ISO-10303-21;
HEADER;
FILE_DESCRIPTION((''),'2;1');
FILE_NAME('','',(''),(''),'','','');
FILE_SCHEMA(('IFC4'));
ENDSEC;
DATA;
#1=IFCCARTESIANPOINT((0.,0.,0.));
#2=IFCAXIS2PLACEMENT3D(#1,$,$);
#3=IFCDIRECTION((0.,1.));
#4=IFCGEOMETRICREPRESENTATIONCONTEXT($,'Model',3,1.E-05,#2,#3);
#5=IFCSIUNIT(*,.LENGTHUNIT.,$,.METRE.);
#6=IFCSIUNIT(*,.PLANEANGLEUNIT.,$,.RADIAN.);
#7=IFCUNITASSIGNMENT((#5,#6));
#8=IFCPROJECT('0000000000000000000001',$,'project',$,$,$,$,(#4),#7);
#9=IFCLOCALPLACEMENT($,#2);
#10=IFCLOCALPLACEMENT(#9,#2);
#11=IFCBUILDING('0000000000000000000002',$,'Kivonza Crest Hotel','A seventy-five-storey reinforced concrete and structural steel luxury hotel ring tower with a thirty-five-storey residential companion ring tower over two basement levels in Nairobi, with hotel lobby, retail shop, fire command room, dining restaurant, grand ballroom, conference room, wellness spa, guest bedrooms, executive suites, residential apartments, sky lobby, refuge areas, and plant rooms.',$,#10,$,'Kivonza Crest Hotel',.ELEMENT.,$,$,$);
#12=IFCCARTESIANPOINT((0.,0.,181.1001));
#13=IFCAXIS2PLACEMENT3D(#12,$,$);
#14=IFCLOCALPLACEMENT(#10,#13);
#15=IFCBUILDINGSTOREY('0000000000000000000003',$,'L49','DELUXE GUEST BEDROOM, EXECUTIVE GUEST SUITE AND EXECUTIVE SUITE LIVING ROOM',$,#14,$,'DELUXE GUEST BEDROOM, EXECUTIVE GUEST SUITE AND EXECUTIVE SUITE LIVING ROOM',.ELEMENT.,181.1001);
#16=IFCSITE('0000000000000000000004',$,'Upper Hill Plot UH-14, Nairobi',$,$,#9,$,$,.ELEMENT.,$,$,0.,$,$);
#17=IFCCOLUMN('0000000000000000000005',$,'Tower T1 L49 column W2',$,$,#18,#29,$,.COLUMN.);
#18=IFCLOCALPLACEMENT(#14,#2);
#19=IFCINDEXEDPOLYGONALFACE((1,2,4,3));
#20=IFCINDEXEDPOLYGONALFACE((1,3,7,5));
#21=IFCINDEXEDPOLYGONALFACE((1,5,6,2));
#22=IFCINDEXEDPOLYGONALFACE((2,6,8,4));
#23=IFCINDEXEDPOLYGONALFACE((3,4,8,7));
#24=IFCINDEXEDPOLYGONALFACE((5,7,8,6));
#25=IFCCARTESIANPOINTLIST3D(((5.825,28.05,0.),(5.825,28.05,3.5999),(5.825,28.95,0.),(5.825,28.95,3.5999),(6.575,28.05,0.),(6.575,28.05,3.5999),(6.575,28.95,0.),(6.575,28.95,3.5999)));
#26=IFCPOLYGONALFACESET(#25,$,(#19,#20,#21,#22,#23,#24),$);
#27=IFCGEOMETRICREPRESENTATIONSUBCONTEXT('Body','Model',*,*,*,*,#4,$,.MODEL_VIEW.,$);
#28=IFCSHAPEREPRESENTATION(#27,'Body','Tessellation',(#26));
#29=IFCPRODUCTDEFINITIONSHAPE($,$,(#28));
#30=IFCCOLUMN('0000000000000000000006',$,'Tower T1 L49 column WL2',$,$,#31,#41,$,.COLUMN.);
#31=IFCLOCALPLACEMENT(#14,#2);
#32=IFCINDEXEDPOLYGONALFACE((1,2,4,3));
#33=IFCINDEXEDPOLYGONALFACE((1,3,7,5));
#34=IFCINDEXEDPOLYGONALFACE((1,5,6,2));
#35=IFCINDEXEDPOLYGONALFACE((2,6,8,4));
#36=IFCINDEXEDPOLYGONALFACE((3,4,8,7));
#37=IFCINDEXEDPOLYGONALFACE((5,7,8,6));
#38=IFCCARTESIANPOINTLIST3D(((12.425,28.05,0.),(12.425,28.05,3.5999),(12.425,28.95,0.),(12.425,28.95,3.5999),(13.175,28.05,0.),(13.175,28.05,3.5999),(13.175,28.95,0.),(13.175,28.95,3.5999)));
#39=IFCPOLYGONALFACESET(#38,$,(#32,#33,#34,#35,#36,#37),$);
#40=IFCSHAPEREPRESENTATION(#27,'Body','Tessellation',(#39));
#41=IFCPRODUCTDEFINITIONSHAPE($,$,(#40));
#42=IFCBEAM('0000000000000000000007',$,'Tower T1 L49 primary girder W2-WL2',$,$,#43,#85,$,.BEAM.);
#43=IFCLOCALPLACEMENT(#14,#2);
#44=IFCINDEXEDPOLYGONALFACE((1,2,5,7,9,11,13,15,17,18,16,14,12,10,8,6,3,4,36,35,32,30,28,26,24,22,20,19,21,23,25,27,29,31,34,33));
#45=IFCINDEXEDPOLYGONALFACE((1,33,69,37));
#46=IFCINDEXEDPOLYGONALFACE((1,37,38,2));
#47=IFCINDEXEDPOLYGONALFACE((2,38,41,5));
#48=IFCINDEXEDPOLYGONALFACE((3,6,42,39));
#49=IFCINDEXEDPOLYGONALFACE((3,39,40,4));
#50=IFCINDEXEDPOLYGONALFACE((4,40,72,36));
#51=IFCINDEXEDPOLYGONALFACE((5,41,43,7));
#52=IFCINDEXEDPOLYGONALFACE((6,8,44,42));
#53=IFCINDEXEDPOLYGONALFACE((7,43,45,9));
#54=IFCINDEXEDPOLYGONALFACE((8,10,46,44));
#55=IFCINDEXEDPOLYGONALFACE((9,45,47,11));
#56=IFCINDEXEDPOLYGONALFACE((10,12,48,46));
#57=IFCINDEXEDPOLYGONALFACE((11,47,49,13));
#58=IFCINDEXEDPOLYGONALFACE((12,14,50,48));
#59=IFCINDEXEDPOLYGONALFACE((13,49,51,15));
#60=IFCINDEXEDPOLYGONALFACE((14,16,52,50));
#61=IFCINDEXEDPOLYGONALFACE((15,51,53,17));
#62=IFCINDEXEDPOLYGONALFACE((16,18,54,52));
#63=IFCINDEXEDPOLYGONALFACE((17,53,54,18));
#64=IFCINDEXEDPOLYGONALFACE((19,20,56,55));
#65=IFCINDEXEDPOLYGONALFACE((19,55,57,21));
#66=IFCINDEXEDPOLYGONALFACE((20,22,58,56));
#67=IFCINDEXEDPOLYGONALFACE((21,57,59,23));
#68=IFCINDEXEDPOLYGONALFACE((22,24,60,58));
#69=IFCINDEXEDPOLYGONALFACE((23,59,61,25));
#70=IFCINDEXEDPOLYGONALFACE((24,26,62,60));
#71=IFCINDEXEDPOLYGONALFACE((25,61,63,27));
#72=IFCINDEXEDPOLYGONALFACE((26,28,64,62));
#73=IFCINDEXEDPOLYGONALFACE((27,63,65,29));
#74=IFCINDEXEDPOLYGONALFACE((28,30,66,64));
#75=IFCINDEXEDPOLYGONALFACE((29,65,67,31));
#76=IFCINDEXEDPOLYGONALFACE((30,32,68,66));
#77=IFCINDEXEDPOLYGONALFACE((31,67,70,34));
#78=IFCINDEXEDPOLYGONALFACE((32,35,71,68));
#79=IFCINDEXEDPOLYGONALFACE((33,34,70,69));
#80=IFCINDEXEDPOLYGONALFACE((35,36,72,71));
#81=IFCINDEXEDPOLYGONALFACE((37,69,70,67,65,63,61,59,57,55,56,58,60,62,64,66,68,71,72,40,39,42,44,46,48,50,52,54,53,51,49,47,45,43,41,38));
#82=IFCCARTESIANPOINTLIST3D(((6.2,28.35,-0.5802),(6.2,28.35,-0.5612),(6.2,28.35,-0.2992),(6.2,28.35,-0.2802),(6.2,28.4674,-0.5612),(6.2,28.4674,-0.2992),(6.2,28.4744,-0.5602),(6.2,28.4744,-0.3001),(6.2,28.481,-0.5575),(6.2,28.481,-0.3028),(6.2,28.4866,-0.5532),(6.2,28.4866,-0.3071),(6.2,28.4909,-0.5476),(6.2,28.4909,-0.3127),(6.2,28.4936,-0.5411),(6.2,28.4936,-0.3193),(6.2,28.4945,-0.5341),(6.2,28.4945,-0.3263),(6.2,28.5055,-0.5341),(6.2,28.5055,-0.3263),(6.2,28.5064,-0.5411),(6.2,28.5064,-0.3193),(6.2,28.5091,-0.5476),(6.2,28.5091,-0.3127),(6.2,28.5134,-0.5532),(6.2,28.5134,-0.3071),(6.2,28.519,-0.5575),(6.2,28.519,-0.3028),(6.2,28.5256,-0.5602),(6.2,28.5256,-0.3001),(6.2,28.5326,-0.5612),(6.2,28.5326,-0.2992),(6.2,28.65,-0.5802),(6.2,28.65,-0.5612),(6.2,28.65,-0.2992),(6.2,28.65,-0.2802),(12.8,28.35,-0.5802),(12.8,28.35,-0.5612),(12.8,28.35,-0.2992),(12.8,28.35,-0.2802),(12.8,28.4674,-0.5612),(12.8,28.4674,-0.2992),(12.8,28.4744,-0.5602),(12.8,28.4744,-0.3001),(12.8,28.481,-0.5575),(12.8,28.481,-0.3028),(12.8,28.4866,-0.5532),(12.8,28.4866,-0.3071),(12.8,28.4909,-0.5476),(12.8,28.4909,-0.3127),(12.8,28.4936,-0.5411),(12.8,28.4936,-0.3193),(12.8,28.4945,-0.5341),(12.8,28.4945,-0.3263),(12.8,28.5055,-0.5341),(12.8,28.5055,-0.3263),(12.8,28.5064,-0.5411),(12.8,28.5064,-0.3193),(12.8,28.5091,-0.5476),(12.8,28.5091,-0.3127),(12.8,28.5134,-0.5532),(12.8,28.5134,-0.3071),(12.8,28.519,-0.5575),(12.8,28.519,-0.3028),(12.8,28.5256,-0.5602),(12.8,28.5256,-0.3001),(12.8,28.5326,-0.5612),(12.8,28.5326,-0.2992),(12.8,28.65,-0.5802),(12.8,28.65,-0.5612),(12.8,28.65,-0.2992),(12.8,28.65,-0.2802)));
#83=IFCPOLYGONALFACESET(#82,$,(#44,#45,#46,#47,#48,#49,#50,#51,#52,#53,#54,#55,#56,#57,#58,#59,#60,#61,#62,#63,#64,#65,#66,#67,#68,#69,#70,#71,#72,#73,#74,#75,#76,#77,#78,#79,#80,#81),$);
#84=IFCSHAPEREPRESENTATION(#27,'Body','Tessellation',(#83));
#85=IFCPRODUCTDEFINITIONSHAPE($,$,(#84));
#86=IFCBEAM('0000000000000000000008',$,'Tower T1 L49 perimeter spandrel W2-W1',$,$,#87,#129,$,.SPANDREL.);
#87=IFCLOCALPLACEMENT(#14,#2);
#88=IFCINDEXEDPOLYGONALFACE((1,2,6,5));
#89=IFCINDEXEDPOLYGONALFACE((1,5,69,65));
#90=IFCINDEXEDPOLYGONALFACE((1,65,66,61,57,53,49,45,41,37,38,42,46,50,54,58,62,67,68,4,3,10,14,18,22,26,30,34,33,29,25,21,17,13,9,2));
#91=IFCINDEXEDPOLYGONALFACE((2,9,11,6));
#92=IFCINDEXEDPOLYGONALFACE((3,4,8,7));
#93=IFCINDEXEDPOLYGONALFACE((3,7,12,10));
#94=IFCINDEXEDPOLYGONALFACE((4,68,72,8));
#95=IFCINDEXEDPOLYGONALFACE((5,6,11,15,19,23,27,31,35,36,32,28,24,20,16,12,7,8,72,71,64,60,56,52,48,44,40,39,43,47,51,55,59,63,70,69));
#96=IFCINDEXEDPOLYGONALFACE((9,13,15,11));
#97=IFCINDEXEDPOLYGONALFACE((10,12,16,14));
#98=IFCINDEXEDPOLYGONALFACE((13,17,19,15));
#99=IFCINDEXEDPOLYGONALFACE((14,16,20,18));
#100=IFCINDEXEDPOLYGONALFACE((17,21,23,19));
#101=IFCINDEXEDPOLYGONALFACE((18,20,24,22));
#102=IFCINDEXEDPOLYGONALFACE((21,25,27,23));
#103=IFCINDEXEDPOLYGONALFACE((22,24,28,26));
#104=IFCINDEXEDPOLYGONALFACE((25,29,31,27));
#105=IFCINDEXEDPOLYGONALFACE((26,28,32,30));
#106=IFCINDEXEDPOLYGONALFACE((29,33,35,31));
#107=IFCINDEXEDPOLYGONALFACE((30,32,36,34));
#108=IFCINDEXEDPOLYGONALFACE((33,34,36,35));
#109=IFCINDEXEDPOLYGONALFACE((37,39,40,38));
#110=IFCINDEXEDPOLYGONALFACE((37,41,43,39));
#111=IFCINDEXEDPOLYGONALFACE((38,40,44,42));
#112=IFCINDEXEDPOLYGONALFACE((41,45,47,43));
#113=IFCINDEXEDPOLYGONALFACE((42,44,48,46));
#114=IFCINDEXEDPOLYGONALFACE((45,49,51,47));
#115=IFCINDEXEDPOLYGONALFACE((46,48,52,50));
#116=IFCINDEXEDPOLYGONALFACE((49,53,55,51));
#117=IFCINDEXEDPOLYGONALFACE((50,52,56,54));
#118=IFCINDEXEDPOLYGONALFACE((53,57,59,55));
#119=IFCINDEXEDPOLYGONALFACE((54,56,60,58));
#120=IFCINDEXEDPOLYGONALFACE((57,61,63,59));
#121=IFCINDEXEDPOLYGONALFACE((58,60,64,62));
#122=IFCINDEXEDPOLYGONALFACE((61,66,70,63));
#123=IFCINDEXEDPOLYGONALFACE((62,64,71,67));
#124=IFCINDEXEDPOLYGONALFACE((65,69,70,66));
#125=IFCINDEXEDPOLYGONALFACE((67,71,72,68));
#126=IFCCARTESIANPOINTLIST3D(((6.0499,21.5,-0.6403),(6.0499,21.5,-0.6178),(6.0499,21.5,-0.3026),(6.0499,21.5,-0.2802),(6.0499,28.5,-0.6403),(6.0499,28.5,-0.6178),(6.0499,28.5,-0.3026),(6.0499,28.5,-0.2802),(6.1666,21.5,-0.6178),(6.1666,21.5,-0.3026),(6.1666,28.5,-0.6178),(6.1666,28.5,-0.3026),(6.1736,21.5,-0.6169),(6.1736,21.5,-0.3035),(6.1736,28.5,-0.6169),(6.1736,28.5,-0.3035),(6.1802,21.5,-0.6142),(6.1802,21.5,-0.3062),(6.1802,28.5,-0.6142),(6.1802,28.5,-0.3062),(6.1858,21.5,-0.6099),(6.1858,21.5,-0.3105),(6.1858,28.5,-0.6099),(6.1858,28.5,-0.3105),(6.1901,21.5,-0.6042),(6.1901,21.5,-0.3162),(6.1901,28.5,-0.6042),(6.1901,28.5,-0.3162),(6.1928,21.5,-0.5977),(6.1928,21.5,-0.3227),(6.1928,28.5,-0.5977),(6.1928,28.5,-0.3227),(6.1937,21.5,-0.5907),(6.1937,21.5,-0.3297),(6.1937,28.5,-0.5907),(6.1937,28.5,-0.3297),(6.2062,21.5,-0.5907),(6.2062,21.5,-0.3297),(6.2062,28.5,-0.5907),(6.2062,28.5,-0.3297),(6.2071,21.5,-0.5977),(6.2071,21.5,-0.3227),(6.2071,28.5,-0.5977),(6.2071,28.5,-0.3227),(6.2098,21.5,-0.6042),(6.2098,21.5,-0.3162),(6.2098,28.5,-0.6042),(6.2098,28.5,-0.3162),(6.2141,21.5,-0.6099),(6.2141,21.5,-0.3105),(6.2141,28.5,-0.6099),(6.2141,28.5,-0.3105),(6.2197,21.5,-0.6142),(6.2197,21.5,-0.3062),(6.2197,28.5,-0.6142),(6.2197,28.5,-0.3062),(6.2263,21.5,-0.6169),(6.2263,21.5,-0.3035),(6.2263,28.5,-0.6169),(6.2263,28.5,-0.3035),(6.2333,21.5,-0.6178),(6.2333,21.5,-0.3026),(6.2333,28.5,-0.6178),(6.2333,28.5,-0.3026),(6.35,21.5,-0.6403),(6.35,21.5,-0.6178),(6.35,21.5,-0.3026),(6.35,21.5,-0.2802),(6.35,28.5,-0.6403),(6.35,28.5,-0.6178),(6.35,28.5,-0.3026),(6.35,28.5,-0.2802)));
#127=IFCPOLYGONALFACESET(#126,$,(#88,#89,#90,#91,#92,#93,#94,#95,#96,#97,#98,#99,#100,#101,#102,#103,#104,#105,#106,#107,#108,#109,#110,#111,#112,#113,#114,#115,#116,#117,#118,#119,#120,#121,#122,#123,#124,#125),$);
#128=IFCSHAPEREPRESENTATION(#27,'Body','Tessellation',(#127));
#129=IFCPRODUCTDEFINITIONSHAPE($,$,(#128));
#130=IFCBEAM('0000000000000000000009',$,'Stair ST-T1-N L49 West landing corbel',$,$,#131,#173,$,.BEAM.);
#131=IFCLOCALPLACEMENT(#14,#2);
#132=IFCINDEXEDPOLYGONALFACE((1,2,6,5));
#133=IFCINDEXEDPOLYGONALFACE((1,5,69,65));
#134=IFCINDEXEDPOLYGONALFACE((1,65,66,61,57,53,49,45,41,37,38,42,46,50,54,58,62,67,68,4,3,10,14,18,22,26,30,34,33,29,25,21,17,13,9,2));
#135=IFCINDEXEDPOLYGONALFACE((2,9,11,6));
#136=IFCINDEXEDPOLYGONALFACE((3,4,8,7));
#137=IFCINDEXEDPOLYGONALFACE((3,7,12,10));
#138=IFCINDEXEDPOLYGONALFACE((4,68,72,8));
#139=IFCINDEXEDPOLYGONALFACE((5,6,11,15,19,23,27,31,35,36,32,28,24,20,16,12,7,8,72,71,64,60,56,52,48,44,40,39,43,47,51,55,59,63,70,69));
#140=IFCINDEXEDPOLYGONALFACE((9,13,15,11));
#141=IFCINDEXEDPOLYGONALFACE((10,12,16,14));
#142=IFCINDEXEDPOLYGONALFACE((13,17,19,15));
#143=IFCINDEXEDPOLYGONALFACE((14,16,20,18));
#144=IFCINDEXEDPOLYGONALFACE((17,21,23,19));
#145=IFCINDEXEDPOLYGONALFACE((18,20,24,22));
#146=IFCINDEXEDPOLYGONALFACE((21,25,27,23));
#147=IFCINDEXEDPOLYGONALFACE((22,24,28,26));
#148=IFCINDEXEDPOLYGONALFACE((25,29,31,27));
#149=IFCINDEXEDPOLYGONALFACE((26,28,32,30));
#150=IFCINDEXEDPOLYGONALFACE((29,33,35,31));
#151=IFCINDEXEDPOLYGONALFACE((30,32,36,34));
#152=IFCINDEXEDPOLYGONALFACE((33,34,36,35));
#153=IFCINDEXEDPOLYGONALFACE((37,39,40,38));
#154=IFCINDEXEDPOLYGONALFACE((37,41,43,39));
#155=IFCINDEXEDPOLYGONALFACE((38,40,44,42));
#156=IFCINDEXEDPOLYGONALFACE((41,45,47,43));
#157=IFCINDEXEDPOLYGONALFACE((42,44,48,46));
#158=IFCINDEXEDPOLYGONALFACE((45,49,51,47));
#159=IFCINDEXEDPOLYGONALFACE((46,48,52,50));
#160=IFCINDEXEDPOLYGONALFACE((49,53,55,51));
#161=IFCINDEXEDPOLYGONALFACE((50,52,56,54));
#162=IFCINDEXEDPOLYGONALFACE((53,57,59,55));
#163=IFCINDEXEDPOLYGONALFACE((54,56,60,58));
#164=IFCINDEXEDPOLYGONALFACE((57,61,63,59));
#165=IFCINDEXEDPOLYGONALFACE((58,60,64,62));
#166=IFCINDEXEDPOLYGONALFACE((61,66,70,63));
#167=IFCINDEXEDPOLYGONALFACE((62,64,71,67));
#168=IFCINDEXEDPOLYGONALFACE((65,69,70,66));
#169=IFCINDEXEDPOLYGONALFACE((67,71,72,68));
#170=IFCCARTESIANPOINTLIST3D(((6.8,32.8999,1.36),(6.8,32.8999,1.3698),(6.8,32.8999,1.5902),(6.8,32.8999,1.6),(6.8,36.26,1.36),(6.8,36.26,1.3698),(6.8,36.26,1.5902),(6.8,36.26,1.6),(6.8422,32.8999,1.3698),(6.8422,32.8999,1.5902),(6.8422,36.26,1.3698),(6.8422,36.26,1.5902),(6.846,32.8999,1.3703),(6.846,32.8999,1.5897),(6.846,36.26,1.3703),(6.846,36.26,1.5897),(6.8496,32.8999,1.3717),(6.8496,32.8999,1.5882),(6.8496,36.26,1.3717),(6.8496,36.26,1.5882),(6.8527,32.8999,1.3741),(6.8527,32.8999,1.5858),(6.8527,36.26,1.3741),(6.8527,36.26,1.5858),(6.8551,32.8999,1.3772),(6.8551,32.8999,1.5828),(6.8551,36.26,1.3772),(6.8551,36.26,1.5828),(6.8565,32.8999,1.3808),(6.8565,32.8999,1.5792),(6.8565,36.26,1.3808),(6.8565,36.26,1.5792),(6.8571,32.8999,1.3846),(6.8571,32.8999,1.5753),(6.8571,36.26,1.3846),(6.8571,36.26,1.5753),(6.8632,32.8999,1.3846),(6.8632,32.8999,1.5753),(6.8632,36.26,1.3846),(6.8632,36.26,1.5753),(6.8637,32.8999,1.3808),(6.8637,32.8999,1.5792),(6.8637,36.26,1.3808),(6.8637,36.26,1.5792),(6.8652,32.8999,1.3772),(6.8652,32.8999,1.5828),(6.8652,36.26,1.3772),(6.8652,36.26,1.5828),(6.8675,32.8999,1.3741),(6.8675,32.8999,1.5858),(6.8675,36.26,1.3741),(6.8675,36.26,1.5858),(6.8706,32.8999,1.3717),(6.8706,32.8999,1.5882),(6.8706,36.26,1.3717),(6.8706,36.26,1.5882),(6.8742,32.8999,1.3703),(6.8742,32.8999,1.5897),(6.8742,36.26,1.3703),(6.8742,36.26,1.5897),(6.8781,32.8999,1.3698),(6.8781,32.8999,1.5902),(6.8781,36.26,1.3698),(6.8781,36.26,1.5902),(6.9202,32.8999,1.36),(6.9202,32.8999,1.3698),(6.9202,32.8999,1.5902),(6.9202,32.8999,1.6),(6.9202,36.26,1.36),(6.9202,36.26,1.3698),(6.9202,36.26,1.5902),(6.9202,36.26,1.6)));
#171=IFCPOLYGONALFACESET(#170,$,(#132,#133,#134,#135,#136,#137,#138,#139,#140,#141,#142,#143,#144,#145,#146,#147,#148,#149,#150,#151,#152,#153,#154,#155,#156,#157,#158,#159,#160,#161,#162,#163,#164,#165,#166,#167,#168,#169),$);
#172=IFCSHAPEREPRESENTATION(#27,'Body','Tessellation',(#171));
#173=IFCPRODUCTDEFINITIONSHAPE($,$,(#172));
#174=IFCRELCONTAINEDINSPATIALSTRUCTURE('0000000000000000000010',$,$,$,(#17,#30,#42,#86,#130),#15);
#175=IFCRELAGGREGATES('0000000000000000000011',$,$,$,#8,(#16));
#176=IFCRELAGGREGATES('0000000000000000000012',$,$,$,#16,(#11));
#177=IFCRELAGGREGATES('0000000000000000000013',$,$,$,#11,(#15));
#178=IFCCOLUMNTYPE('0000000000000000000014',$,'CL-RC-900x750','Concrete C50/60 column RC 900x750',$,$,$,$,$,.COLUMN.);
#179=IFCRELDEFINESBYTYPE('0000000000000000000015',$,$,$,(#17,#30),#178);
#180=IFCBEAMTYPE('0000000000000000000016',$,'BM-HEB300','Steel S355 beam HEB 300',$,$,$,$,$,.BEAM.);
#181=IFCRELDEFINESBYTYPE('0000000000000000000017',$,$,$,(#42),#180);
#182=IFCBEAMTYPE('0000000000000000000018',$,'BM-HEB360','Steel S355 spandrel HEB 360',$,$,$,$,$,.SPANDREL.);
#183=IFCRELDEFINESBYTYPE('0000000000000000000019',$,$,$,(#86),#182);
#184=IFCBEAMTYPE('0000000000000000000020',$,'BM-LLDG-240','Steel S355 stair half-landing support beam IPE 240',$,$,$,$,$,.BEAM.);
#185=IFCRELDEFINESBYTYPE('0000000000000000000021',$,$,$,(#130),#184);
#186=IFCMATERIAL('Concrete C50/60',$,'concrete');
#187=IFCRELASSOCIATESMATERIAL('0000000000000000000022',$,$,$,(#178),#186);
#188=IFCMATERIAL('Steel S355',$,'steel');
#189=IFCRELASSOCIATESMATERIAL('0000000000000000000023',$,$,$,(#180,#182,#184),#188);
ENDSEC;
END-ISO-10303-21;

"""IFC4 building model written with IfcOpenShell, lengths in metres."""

from ifc_helpers import new_model, si_unit, direction, frame, origin, origin_2d, place, context, subcontext, project, spatial, rectangle, i_section, extrude, material, material_profile, profile_set, type_object, element, save


model = new_model("IFC4")

# Units and contexts
model_context = context("Model", 3, precision=1e-05, world=origin(), true_north=direction((0.0, 1.0)))
body_context = subcontext(model_context, "Body", "Model", "MODEL_VIEW")
ifc_project = project(units=[si_unit("LENGTHUNIT", "METRE"), si_unit("PLANEANGLEUNIT", "RADIAN")], contexts=[model_context])

# Site, building, storey
site_placement = place(None, origin())
site = spatial("IfcSite", under=ifc_project, at=site_placement, Name="Upper Hill Plot UH-14, Nairobi", CompositionType="ELEMENT", RefElevation=0.0)
building_placement = place(site_placement, origin())
building = spatial("IfcBuilding", under=site, at=building_placement, Name="Kivonza Crest Hotel", Description="A seventy-five-storey reinforced concrete and structural steel luxury hotel ring tower with a thirty-five-storey residential companion ring tower over two basement levels in Nairobi, with hotel lobby, retail shop, fire command room, dining restaurant, grand ballroom, conference room, wellness spa, guest bedrooms, executive suites, residential apartments, sky lobby, refuge areas, and plant rooms.", LongName="Kivonza Crest Hotel", CompositionType="ELEMENT")
storey_placement = place(building_placement, frame((0.0, 0.0, 181.1001)))
storey = spatial("IfcBuildingStorey", under=building, at=storey_placement, Name="L49", Description="DELUXE GUEST BEDROOM, EXECUTIVE GUEST SUITE AND EXECUTIVE SUITE LIVING ROOM", LongName="DELUXE GUEST BEDROOM, EXECUTIVE GUEST SUITE AND EXECUTIVE SUITE LIVING ROOM", CompositionType="ELEMENT", Elevation=181.1001)

# Columns
ifc_material_1 = material(Name="Concrete C50/60", Category="concrete")
ifc_material_profile_1 = material_profile(ifc_material_1, rectangle(XDim=0.75, YDim=0.8999, at=origin_2d()), Name="RC 900x750")
ifc_profile_set_1 = profile_set([ifc_material_profile_1], Name="Concrete C50/60")
column_type = type_object("IfcColumnType", Name="CL-RC-900x750", Description="Concrete C50/60 column RC 900x750", PredefinedType="COLUMN", material=ifc_profile_set_1)
for number, where, z_axis, x_axis, name in (
    (1, (6.2, 28.5, 0.0), (0.0, 0.0, 1.0), (1.0, 0.0, 0.0), "Tower T1 L49 column W2"),
    (2, (12.8, 28.5, 0.0), (0.0, 0.0, 1.0), (1.0, 0.0, 0.0), "Tower T1 L49 column WL2"),
):
    element("IfcColumn", number, at=place(storey_placement, frame(where, z_axis=z_axis, x_axis=x_axis)), inside=storey, type_object=column_type, Name=name, PredefinedType="COLUMN", context=body_context, shape_type="SweptSolid", body=[
        extrude(rectangle(XDim=0.75, YDim=0.8999, at=origin_2d()), origin(), (0.0, 0.0, 1.0), 3.5999),
    ])

# Beams
ifc_material_2 = material(Name="Steel S355", Category="steel")
ifc_material_profile_2 = material_profile(ifc_material_2, i_section(OverallWidth=0.3, OverallDepth=0.3, WebThickness=0.011, FlangeThickness=0.019, FilletRadius=0.0271, at=origin_2d()), Name="HEB 300")
ifc_profile_set_2 = profile_set([ifc_material_profile_2], Name="Steel S355")
beam_type_1 = type_object("IfcBeamType", Name="BM-HEB300", Description="Steel S355 beam HEB 300", PredefinedType="BEAM", material=ifc_profile_set_2)
beam_1_placement = place(storey_placement, frame((6.2, 28.5, -0.4302), z_axis=(1.0, 0.0, 0.0), x_axis=(0.0, 1.0, 0.0)))
element("IfcBeam", 3, at=beam_1_placement, inside=storey, type_object=beam_type_1, Name="Tower T1 L49 primary girder W2-WL2", PredefinedType="BEAM", context=body_context, shape_type="SweptSolid", body=[
    extrude(i_section(OverallWidth=0.3, OverallDepth=0.3, WebThickness=0.011, FlangeThickness=0.019, FilletRadius=0.0271, at=origin_2d()), origin(), (0.0, 0.0, 1.0), 6.6001),
])
ifc_material_profile_3 = material_profile(ifc_material_2, i_section(OverallWidth=0.3, OverallDepth=0.3601, WebThickness=0.0125, FlangeThickness=0.0225, FilletRadius=0.0271, at=origin_2d()), Name="HEB 360")
ifc_profile_set_3 = profile_set([ifc_material_profile_3], Name="Steel S355")
beam_type_2 = type_object("IfcBeamType", Name="BM-HEB360", Description="Steel S355 spandrel HEB 360", PredefinedType="SPANDREL", material=ifc_profile_set_3)
beam_2_placement = place(storey_placement, frame((6.2, 28.5, -0.4602), z_axis=(0.0, -1.0, 0.0), x_axis=(1.0, 0.0, 0.0)))
element("IfcBeam", 4, at=beam_2_placement, inside=storey, type_object=beam_type_2, Name="Tower T1 L49 perimeter spandrel W2-W1", PredefinedType="SPANDREL", context=body_context, shape_type="SweptSolid", body=[
    extrude(i_section(OverallWidth=0.3, OverallDepth=0.3601, WebThickness=0.0125, FlangeThickness=0.0225, FilletRadius=0.0271, at=origin_2d()), origin(), (0.0, 0.0, 1.0), 7.0),
])
ifc_material_profile_4 = material_profile(ifc_material_2, i_section(OverallWidth=0.1201, OverallDepth=0.24, WebThickness=0.0061, FlangeThickness=0.0098, FilletRadius=0.0149, at=origin_2d()), Name="IPE 240")
ifc_profile_set_4 = profile_set([ifc_material_profile_4], Name="Steel S355")
beam_type_3 = type_object("IfcBeamType", Name="BM-LLDG-240", Description="Steel S355 stair half-landing support beam IPE 240", PredefinedType="BEAM", material=ifc_profile_set_4)
beam_3_placement = place(storey_placement, frame((6.8601, 32.8999, 1.48), z_axis=(0.0, 1.0, 0.0), x_axis=(-1.0, 0.0, 0.0)))
element("IfcBeam", 5, at=beam_3_placement, inside=storey, type_object=beam_type_3, Name="Stair ST-T1-N L49 West landing corbel", PredefinedType="BEAM", context=body_context, shape_type="SweptSolid", body=[
    extrude(i_section(OverallWidth=0.1201, OverallDepth=0.24, WebThickness=0.0061, FlangeThickness=0.0098, FilletRadius=0.0149, at=origin_2d()), origin(), (0.0, 0.0, 1.0), 3.3601),
])

save(model, "model.ifc")
